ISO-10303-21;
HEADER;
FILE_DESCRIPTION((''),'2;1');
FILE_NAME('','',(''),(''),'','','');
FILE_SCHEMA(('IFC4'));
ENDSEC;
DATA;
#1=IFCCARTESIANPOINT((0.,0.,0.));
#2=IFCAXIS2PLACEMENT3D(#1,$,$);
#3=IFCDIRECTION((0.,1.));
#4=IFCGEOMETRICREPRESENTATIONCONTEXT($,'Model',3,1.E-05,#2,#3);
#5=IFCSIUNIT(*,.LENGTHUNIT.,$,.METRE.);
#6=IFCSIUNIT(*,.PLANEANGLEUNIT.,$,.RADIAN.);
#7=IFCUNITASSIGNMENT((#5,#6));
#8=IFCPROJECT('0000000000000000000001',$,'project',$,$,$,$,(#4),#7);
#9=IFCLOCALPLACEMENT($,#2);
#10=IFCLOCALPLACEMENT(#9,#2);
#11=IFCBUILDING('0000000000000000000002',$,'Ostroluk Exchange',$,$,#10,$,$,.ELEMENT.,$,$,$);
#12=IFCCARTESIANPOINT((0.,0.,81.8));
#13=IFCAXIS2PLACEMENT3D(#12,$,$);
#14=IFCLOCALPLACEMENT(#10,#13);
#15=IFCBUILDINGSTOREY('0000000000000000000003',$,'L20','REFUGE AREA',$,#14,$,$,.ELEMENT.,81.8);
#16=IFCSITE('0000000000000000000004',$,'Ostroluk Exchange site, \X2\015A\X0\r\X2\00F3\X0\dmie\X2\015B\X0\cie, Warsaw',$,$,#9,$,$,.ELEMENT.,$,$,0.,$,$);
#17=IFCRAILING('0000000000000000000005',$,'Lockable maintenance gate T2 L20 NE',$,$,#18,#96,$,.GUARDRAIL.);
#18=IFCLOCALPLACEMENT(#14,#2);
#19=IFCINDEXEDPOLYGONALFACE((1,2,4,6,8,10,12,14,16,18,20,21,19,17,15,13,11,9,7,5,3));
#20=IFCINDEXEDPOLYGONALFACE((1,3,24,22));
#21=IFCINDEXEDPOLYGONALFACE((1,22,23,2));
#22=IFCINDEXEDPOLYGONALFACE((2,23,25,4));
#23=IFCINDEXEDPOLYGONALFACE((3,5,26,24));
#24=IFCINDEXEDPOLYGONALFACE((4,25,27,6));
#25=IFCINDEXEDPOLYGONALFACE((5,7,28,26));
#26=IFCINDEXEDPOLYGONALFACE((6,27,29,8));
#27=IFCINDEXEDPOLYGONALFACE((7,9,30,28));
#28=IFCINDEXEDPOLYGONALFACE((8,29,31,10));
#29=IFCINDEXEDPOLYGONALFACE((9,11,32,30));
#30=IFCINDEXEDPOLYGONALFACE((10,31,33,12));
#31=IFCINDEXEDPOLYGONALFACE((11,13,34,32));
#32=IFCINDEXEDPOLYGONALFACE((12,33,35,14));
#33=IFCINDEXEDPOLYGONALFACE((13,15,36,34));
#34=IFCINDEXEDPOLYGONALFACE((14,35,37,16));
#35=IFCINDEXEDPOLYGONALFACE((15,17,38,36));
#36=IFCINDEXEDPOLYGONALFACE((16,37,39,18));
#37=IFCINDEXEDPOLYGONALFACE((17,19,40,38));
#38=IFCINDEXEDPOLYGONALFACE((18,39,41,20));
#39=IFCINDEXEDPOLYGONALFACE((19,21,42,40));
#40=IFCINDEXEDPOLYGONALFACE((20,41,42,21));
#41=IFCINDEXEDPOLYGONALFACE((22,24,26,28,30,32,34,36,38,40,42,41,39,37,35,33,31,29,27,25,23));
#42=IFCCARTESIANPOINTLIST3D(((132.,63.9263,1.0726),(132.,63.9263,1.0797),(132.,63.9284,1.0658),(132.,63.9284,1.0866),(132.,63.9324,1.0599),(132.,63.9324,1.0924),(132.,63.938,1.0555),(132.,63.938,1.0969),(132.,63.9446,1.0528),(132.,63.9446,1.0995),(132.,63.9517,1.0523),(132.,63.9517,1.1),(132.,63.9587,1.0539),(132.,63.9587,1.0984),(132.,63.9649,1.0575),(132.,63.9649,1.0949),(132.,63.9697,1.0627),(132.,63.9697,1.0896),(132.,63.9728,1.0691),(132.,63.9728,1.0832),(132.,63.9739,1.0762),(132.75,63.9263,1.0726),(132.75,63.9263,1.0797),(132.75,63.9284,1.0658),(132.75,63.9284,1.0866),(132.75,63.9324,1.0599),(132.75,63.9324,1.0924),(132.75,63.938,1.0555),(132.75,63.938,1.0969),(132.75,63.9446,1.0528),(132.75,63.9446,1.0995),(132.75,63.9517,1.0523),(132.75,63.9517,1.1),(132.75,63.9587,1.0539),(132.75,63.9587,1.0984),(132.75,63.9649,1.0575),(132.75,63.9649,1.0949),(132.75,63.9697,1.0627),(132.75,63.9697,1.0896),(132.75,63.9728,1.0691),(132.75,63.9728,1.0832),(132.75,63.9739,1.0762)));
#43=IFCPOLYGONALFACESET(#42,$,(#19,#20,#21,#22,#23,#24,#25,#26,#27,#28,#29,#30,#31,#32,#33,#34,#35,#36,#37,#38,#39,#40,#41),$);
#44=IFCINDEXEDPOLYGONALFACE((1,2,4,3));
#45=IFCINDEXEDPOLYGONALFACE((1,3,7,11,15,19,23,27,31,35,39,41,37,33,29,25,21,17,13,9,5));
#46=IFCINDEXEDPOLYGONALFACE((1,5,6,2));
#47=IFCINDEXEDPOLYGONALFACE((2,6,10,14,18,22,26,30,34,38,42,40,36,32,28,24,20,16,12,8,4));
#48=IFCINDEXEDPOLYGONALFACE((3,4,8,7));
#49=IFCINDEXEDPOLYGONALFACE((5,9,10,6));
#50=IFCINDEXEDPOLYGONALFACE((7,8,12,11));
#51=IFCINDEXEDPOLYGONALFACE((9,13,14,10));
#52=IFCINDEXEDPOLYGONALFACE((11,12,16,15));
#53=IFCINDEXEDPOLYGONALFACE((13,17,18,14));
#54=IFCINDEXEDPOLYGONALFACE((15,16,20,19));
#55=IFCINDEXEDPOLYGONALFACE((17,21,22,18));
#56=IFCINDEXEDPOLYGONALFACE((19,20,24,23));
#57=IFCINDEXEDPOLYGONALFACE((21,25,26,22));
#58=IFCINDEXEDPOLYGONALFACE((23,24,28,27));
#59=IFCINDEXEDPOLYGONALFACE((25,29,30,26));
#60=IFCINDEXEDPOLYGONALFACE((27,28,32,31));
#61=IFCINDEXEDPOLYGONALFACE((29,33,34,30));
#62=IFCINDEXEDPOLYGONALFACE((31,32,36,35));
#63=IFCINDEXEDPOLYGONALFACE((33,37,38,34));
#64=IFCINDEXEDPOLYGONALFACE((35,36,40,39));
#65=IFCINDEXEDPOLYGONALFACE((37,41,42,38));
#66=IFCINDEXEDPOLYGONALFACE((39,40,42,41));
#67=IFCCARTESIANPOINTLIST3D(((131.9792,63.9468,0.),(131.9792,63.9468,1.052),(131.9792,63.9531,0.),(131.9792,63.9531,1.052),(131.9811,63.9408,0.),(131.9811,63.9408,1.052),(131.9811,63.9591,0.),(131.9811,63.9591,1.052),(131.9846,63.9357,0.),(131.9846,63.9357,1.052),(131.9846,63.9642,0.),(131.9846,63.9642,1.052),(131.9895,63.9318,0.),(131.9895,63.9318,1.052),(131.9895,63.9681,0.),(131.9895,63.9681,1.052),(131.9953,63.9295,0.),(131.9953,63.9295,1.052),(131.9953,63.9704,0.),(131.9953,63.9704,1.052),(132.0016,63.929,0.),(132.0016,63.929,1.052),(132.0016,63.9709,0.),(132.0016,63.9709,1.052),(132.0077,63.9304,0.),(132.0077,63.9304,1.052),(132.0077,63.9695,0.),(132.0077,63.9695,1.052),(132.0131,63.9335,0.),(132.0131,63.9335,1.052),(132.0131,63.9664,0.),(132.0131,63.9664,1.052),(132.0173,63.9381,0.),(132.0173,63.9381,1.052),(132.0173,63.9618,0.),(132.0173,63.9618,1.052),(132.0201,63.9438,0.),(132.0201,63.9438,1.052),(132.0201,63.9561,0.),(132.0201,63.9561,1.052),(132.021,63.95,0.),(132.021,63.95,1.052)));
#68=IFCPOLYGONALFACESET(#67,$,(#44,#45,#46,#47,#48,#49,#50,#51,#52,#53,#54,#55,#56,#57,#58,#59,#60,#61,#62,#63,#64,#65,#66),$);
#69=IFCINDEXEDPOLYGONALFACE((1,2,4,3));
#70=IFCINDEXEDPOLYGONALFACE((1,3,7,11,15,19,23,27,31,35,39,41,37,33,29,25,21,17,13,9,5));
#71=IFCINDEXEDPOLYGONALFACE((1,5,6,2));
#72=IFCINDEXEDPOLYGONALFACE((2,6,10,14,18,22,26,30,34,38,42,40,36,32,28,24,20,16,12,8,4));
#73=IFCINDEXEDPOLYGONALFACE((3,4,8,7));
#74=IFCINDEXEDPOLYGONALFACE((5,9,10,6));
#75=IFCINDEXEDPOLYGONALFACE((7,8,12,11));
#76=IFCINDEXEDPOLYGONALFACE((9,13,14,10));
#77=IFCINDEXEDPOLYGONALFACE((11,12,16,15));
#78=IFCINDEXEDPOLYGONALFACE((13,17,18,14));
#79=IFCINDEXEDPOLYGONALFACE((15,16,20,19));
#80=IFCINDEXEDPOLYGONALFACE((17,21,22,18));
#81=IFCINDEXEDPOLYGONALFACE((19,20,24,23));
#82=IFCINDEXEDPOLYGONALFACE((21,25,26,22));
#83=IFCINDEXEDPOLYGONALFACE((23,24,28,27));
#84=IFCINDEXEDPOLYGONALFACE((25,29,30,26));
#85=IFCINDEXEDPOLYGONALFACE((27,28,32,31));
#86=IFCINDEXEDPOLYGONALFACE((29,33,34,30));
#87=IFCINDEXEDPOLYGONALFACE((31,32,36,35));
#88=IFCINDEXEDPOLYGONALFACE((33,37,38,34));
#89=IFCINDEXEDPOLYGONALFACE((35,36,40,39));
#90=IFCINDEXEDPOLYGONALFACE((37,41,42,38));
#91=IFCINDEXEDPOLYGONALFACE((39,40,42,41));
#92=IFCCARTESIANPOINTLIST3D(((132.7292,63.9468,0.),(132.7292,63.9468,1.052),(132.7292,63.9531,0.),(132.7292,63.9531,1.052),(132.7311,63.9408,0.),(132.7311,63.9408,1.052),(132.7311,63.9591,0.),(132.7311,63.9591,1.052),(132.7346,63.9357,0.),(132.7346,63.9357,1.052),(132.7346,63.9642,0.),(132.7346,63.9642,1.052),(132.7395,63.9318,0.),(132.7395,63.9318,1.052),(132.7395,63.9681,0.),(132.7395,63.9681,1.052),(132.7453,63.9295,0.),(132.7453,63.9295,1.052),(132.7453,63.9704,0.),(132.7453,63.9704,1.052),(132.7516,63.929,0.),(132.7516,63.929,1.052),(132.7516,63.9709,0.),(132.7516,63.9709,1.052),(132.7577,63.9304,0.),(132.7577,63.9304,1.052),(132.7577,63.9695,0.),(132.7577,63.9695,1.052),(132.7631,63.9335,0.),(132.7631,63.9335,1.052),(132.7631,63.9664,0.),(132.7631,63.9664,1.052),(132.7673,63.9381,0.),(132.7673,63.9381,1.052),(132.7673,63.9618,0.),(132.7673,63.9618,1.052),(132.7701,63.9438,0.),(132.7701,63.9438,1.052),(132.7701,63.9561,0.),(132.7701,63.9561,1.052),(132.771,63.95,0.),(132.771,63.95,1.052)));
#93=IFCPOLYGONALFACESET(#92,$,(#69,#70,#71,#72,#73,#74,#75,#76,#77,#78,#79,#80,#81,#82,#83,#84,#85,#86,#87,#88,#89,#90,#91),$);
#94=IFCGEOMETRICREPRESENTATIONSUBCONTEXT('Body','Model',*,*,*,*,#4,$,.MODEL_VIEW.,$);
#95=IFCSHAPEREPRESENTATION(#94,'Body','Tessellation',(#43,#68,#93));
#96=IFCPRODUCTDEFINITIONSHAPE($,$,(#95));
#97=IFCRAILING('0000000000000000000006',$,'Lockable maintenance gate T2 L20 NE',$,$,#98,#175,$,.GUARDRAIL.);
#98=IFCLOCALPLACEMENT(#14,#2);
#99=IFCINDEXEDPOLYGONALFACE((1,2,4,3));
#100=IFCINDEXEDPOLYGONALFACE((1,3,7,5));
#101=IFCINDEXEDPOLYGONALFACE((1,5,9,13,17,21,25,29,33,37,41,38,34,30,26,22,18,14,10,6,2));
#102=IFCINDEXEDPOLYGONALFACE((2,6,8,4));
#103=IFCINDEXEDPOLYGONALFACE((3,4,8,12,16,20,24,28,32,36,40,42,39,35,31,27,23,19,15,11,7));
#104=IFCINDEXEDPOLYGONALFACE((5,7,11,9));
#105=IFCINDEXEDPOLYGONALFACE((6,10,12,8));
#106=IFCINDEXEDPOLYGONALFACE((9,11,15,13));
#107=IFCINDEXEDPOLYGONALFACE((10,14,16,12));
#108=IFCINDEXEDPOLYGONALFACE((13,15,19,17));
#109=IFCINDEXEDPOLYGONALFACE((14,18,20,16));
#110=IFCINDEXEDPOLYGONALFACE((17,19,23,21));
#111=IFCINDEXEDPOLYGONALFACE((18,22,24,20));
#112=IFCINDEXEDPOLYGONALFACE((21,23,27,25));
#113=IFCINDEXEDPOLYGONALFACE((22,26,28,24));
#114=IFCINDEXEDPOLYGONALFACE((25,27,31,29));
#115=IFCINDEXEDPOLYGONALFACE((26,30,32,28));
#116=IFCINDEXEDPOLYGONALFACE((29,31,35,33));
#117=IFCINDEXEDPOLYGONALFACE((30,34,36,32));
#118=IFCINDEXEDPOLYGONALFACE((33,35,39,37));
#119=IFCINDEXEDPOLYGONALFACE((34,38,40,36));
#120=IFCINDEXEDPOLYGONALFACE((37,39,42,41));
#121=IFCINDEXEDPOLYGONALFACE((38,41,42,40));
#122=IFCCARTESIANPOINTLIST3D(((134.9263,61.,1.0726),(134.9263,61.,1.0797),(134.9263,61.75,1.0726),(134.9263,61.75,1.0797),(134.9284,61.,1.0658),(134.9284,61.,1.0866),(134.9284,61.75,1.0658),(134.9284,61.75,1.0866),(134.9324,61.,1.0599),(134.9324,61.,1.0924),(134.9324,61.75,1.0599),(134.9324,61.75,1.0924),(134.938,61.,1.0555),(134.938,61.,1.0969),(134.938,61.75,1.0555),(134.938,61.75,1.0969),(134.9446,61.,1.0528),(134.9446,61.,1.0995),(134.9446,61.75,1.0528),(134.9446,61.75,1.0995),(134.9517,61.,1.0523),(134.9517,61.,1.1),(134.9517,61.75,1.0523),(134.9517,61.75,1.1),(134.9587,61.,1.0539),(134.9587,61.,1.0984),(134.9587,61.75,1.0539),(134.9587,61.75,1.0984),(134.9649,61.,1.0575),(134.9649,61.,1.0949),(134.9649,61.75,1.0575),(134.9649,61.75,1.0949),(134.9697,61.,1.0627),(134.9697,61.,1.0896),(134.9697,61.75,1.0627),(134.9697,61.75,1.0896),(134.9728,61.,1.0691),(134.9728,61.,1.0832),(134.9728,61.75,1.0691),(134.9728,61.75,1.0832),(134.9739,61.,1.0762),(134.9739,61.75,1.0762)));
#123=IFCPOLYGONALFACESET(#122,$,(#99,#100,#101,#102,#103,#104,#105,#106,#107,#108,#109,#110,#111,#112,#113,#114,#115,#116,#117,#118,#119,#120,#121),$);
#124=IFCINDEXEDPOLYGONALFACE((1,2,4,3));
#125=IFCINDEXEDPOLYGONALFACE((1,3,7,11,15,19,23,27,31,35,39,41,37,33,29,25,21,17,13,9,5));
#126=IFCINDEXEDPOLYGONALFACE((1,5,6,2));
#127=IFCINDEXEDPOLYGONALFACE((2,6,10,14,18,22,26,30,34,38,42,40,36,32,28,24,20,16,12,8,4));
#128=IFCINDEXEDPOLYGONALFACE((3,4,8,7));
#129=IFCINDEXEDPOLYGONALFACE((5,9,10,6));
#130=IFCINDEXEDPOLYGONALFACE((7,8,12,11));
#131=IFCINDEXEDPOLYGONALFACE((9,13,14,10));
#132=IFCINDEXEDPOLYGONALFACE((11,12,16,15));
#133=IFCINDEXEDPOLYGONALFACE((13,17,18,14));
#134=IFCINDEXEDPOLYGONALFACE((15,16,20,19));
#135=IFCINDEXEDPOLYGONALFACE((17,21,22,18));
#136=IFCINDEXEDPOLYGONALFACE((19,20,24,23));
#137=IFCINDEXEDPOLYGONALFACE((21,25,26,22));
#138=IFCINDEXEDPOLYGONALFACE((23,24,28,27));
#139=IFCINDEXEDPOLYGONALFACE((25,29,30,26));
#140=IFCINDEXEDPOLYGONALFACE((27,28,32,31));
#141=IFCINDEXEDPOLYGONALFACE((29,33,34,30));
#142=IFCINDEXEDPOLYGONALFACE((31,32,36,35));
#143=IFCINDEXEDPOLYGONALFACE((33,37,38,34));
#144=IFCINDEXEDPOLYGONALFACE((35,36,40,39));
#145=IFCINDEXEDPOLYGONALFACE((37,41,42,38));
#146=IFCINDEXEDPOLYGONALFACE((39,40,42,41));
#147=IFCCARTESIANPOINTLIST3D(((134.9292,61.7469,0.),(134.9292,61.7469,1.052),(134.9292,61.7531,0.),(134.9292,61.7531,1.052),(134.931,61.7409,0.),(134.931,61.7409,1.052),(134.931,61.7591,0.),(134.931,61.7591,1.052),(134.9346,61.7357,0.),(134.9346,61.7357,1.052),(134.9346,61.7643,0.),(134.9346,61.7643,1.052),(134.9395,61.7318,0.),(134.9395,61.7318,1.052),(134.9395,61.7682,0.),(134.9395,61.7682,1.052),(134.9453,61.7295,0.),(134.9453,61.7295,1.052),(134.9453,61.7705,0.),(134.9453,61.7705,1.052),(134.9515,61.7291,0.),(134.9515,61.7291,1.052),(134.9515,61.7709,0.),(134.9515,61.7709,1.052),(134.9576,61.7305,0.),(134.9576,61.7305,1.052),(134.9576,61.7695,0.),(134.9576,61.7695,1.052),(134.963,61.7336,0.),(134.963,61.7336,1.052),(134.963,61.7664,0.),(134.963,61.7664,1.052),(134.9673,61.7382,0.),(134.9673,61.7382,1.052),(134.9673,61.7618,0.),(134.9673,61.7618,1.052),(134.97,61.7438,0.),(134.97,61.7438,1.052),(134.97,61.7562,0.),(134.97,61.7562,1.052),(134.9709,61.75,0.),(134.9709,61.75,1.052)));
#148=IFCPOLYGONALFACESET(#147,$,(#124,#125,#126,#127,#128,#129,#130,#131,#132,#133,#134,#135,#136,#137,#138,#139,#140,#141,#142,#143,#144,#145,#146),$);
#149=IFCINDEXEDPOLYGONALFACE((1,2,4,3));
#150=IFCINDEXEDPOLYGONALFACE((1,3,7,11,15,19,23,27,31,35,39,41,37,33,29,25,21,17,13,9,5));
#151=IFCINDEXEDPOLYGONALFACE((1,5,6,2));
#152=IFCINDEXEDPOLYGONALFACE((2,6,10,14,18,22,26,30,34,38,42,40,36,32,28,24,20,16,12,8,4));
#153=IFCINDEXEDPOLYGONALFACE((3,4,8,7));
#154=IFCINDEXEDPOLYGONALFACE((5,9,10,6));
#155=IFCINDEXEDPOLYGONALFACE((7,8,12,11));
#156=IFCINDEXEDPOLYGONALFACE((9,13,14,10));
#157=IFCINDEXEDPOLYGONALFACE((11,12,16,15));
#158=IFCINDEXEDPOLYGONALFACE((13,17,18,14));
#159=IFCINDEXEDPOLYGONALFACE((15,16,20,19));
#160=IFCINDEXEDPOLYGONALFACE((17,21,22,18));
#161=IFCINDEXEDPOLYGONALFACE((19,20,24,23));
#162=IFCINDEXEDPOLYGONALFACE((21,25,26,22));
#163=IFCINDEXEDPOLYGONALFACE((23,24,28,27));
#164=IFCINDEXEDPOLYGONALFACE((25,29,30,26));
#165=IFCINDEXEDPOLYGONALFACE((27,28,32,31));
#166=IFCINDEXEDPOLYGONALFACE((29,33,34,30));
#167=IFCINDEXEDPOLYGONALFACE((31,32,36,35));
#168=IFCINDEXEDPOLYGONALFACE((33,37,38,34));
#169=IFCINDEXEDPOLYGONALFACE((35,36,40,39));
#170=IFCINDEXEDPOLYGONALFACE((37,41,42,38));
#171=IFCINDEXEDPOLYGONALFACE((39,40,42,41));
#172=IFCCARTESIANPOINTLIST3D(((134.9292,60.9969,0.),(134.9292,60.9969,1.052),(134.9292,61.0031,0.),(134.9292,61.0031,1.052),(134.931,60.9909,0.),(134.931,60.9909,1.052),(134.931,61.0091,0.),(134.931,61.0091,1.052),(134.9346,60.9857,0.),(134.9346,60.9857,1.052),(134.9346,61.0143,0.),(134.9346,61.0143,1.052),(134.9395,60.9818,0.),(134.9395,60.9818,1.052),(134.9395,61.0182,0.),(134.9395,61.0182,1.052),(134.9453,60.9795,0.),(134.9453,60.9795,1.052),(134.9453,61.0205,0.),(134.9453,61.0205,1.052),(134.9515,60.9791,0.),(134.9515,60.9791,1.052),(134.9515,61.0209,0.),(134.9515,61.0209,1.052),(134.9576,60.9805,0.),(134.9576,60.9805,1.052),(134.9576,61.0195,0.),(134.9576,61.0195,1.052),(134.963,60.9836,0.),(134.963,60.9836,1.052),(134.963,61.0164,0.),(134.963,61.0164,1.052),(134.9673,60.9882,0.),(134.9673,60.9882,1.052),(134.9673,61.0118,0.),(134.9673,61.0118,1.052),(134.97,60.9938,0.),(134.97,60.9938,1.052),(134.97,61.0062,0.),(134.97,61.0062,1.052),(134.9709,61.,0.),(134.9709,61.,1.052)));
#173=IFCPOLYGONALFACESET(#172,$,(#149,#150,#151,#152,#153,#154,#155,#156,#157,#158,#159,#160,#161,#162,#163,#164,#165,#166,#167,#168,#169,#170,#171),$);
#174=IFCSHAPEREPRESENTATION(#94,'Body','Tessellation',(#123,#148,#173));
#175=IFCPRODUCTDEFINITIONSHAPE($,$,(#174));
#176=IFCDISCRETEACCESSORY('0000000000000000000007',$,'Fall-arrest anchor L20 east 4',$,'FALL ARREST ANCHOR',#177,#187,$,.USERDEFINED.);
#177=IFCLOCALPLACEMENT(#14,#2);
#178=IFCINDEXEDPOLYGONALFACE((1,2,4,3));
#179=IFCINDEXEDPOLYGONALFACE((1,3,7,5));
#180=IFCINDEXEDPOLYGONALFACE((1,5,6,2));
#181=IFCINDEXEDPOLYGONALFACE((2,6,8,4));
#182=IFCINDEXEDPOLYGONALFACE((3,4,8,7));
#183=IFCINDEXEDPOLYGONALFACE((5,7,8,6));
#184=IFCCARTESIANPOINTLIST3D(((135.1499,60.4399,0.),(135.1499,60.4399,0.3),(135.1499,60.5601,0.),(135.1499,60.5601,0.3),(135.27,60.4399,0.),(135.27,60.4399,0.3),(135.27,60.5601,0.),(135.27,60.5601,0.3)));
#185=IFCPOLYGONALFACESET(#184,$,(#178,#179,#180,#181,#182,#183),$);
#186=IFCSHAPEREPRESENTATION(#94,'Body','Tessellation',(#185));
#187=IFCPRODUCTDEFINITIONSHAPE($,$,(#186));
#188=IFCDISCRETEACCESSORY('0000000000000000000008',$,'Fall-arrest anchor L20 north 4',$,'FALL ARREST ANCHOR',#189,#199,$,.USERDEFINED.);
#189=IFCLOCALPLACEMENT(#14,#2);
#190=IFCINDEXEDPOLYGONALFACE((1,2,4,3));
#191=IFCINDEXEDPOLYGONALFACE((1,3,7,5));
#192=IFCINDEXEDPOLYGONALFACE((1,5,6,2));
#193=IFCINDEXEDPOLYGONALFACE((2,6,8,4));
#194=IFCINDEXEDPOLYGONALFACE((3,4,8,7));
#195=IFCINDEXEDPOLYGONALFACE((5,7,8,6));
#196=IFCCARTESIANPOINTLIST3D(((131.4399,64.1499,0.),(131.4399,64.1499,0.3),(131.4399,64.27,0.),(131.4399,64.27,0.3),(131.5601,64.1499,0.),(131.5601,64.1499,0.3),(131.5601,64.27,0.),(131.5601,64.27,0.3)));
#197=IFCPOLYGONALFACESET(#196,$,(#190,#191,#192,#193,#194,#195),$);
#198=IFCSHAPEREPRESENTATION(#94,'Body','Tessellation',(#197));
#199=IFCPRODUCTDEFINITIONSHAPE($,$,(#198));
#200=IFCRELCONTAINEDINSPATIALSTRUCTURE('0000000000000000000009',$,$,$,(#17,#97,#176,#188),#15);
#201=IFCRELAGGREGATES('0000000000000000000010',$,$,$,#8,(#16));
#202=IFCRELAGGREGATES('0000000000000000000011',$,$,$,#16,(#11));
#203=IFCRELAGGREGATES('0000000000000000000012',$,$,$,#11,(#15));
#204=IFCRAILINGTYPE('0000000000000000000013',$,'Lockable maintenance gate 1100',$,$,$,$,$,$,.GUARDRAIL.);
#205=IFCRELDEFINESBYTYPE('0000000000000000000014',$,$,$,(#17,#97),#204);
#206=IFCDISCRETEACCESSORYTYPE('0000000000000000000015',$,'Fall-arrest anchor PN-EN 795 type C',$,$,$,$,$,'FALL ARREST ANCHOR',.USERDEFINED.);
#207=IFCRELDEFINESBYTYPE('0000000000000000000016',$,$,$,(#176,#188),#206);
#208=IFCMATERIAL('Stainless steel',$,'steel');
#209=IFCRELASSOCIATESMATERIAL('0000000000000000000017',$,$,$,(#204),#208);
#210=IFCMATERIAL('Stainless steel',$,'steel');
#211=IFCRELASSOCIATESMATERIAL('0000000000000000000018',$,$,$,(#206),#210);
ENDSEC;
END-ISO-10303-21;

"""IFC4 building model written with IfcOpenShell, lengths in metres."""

from ifc_helpers import new_model, si_unit, direction, frame, origin, origin_2d, place, context, subcontext, project, spatial, rectangle, circle, extrude, material, type_object, element, save


model = new_model("IFC4")

# Units and contexts
model_context = context("Model", 3, precision=1e-05, world=origin(), true_north=direction((0.0, 1.0)))
body_context = subcontext(model_context, "Body", "Model", "MODEL_VIEW")
ifc_project = project(units=[si_unit("LENGTHUNIT", "METRE"), si_unit("PLANEANGLEUNIT", "RADIAN")], contexts=[model_context])

# Site, building, storey
site_placement = place(None, origin())
site = spatial("IfcSite", under=ifc_project, at=site_placement, Name="Ostroluk Exchange site, Śródmieście, Warsaw", CompositionType="ELEMENT", RefElevation=0.0)
building_placement = place(site_placement, origin())
building = spatial("IfcBuilding", under=site, at=building_placement, Name="Ostroluk Exchange", CompositionType="ELEMENT")
storey_placement = place(building_placement, frame((0.0, 0.0, 81.8)))
storey = spatial("IfcBuildingStorey", under=building, at=storey_placement, Name="L20", Description="REFUGE AREA", CompositionType="ELEMENT", Elevation=81.8)

# Railings
ifc_material_1 = material(Name="Stainless steel", Category="steel")
railing_type_1 = type_object("IfcRailingType", Name="Lockable maintenance gate 1100", PredefinedType="GUARDRAIL", material=ifc_material_1)
railing_1_placement = place(storey_placement, frame((132.0, 63.95, 0.0)))
element("IfcRailing", 1, at=railing_1_placement, inside=storey, type_object=railing_type_1, Name="Lockable maintenance gate T2 L20 NE", PredefinedType="GUARDRAIL", context=body_context, shape_type="SweptSolid", body=[
    extrude(circle(Radius=0.0239, at=origin_2d()), frame((0.0, 0.0, 1.0762), z_axis=(1.0, 0.0, 0.0), x_axis=(0.0, 1.0, 0.0)), (0.0, 0.0, 1.0), 0.75),
    extrude(circle(Radius=0.021, at=origin_2d()), origin(), (0.0, 0.0, 1.0), 1.052),
    extrude(circle(Radius=0.021, at=origin_2d()), frame((0.75, 0.0, 0.0)), (0.0, 0.0, 1.0), 1.052),
])
railing_2_placement = place(storey_placement, frame((134.95, 61.75, 0.0)))
element("IfcRailing", 2, at=railing_2_placement, inside=storey, type_object=railing_type_1, Name="Lockable maintenance gate T2 L20 NE", PredefinedType="GUARDRAIL", context=body_context, shape_type="SweptSolid", body=[
    extrude(circle(Radius=0.0239, at=origin_2d()), frame((0.0, 0.0, 1.0762), z_axis=(0.0, -1.0, 0.0), x_axis=(1.0, 0.0, 0.0)), (0.0, 0.0, 1.0), 0.75),
    extrude(circle(Radius=0.021, at=origin_2d()), origin(), (0.0, 0.0, 1.0), 1.052),
    extrude(circle(Radius=0.021, at=origin_2d()), frame((0.0, -0.75, 0.0)), (0.0, 0.0, 1.0), 1.052),
])

# Discrete accessories
ifc_material_2 = material(Name="Stainless steel", Category="steel")
discrete_accessory_type = type_object("IfcDiscreteAccessoryType", Name="Fall-arrest anchor PN-EN 795 type C", ElementType="FALL ARREST ANCHOR", PredefinedType="USERDEFINED", material=ifc_material_2)
for number, where, z_axis, x_axis, name in (
    (3, (135.21, 60.5, 0.0), (0.0, 0.0, 1.0), (1.0, 0.0, 0.0), "Fall-arrest anchor L20 east 4"),
    (4, (131.5, 64.21, 0.0), (0.0, 0.0, 1.0), (1.0, 0.0, 0.0), "Fall-arrest anchor L20 north 4"),
):
    element("IfcDiscreteAccessory", number, at=place(storey_placement, frame(where, z_axis=z_axis, x_axis=x_axis)), inside=storey, type_object=discrete_accessory_type, Name=name, ObjectType="FALL ARREST ANCHOR", PredefinedType="USERDEFINED", context=body_context, shape_type="SweptSolid", body=[
        extrude(rectangle(XDim=0.1201, YDim=0.1201, at=origin_2d()), origin(), (0.0, 0.0, 1.0), 0.3),
    ])

save(model, "model.ifc")
